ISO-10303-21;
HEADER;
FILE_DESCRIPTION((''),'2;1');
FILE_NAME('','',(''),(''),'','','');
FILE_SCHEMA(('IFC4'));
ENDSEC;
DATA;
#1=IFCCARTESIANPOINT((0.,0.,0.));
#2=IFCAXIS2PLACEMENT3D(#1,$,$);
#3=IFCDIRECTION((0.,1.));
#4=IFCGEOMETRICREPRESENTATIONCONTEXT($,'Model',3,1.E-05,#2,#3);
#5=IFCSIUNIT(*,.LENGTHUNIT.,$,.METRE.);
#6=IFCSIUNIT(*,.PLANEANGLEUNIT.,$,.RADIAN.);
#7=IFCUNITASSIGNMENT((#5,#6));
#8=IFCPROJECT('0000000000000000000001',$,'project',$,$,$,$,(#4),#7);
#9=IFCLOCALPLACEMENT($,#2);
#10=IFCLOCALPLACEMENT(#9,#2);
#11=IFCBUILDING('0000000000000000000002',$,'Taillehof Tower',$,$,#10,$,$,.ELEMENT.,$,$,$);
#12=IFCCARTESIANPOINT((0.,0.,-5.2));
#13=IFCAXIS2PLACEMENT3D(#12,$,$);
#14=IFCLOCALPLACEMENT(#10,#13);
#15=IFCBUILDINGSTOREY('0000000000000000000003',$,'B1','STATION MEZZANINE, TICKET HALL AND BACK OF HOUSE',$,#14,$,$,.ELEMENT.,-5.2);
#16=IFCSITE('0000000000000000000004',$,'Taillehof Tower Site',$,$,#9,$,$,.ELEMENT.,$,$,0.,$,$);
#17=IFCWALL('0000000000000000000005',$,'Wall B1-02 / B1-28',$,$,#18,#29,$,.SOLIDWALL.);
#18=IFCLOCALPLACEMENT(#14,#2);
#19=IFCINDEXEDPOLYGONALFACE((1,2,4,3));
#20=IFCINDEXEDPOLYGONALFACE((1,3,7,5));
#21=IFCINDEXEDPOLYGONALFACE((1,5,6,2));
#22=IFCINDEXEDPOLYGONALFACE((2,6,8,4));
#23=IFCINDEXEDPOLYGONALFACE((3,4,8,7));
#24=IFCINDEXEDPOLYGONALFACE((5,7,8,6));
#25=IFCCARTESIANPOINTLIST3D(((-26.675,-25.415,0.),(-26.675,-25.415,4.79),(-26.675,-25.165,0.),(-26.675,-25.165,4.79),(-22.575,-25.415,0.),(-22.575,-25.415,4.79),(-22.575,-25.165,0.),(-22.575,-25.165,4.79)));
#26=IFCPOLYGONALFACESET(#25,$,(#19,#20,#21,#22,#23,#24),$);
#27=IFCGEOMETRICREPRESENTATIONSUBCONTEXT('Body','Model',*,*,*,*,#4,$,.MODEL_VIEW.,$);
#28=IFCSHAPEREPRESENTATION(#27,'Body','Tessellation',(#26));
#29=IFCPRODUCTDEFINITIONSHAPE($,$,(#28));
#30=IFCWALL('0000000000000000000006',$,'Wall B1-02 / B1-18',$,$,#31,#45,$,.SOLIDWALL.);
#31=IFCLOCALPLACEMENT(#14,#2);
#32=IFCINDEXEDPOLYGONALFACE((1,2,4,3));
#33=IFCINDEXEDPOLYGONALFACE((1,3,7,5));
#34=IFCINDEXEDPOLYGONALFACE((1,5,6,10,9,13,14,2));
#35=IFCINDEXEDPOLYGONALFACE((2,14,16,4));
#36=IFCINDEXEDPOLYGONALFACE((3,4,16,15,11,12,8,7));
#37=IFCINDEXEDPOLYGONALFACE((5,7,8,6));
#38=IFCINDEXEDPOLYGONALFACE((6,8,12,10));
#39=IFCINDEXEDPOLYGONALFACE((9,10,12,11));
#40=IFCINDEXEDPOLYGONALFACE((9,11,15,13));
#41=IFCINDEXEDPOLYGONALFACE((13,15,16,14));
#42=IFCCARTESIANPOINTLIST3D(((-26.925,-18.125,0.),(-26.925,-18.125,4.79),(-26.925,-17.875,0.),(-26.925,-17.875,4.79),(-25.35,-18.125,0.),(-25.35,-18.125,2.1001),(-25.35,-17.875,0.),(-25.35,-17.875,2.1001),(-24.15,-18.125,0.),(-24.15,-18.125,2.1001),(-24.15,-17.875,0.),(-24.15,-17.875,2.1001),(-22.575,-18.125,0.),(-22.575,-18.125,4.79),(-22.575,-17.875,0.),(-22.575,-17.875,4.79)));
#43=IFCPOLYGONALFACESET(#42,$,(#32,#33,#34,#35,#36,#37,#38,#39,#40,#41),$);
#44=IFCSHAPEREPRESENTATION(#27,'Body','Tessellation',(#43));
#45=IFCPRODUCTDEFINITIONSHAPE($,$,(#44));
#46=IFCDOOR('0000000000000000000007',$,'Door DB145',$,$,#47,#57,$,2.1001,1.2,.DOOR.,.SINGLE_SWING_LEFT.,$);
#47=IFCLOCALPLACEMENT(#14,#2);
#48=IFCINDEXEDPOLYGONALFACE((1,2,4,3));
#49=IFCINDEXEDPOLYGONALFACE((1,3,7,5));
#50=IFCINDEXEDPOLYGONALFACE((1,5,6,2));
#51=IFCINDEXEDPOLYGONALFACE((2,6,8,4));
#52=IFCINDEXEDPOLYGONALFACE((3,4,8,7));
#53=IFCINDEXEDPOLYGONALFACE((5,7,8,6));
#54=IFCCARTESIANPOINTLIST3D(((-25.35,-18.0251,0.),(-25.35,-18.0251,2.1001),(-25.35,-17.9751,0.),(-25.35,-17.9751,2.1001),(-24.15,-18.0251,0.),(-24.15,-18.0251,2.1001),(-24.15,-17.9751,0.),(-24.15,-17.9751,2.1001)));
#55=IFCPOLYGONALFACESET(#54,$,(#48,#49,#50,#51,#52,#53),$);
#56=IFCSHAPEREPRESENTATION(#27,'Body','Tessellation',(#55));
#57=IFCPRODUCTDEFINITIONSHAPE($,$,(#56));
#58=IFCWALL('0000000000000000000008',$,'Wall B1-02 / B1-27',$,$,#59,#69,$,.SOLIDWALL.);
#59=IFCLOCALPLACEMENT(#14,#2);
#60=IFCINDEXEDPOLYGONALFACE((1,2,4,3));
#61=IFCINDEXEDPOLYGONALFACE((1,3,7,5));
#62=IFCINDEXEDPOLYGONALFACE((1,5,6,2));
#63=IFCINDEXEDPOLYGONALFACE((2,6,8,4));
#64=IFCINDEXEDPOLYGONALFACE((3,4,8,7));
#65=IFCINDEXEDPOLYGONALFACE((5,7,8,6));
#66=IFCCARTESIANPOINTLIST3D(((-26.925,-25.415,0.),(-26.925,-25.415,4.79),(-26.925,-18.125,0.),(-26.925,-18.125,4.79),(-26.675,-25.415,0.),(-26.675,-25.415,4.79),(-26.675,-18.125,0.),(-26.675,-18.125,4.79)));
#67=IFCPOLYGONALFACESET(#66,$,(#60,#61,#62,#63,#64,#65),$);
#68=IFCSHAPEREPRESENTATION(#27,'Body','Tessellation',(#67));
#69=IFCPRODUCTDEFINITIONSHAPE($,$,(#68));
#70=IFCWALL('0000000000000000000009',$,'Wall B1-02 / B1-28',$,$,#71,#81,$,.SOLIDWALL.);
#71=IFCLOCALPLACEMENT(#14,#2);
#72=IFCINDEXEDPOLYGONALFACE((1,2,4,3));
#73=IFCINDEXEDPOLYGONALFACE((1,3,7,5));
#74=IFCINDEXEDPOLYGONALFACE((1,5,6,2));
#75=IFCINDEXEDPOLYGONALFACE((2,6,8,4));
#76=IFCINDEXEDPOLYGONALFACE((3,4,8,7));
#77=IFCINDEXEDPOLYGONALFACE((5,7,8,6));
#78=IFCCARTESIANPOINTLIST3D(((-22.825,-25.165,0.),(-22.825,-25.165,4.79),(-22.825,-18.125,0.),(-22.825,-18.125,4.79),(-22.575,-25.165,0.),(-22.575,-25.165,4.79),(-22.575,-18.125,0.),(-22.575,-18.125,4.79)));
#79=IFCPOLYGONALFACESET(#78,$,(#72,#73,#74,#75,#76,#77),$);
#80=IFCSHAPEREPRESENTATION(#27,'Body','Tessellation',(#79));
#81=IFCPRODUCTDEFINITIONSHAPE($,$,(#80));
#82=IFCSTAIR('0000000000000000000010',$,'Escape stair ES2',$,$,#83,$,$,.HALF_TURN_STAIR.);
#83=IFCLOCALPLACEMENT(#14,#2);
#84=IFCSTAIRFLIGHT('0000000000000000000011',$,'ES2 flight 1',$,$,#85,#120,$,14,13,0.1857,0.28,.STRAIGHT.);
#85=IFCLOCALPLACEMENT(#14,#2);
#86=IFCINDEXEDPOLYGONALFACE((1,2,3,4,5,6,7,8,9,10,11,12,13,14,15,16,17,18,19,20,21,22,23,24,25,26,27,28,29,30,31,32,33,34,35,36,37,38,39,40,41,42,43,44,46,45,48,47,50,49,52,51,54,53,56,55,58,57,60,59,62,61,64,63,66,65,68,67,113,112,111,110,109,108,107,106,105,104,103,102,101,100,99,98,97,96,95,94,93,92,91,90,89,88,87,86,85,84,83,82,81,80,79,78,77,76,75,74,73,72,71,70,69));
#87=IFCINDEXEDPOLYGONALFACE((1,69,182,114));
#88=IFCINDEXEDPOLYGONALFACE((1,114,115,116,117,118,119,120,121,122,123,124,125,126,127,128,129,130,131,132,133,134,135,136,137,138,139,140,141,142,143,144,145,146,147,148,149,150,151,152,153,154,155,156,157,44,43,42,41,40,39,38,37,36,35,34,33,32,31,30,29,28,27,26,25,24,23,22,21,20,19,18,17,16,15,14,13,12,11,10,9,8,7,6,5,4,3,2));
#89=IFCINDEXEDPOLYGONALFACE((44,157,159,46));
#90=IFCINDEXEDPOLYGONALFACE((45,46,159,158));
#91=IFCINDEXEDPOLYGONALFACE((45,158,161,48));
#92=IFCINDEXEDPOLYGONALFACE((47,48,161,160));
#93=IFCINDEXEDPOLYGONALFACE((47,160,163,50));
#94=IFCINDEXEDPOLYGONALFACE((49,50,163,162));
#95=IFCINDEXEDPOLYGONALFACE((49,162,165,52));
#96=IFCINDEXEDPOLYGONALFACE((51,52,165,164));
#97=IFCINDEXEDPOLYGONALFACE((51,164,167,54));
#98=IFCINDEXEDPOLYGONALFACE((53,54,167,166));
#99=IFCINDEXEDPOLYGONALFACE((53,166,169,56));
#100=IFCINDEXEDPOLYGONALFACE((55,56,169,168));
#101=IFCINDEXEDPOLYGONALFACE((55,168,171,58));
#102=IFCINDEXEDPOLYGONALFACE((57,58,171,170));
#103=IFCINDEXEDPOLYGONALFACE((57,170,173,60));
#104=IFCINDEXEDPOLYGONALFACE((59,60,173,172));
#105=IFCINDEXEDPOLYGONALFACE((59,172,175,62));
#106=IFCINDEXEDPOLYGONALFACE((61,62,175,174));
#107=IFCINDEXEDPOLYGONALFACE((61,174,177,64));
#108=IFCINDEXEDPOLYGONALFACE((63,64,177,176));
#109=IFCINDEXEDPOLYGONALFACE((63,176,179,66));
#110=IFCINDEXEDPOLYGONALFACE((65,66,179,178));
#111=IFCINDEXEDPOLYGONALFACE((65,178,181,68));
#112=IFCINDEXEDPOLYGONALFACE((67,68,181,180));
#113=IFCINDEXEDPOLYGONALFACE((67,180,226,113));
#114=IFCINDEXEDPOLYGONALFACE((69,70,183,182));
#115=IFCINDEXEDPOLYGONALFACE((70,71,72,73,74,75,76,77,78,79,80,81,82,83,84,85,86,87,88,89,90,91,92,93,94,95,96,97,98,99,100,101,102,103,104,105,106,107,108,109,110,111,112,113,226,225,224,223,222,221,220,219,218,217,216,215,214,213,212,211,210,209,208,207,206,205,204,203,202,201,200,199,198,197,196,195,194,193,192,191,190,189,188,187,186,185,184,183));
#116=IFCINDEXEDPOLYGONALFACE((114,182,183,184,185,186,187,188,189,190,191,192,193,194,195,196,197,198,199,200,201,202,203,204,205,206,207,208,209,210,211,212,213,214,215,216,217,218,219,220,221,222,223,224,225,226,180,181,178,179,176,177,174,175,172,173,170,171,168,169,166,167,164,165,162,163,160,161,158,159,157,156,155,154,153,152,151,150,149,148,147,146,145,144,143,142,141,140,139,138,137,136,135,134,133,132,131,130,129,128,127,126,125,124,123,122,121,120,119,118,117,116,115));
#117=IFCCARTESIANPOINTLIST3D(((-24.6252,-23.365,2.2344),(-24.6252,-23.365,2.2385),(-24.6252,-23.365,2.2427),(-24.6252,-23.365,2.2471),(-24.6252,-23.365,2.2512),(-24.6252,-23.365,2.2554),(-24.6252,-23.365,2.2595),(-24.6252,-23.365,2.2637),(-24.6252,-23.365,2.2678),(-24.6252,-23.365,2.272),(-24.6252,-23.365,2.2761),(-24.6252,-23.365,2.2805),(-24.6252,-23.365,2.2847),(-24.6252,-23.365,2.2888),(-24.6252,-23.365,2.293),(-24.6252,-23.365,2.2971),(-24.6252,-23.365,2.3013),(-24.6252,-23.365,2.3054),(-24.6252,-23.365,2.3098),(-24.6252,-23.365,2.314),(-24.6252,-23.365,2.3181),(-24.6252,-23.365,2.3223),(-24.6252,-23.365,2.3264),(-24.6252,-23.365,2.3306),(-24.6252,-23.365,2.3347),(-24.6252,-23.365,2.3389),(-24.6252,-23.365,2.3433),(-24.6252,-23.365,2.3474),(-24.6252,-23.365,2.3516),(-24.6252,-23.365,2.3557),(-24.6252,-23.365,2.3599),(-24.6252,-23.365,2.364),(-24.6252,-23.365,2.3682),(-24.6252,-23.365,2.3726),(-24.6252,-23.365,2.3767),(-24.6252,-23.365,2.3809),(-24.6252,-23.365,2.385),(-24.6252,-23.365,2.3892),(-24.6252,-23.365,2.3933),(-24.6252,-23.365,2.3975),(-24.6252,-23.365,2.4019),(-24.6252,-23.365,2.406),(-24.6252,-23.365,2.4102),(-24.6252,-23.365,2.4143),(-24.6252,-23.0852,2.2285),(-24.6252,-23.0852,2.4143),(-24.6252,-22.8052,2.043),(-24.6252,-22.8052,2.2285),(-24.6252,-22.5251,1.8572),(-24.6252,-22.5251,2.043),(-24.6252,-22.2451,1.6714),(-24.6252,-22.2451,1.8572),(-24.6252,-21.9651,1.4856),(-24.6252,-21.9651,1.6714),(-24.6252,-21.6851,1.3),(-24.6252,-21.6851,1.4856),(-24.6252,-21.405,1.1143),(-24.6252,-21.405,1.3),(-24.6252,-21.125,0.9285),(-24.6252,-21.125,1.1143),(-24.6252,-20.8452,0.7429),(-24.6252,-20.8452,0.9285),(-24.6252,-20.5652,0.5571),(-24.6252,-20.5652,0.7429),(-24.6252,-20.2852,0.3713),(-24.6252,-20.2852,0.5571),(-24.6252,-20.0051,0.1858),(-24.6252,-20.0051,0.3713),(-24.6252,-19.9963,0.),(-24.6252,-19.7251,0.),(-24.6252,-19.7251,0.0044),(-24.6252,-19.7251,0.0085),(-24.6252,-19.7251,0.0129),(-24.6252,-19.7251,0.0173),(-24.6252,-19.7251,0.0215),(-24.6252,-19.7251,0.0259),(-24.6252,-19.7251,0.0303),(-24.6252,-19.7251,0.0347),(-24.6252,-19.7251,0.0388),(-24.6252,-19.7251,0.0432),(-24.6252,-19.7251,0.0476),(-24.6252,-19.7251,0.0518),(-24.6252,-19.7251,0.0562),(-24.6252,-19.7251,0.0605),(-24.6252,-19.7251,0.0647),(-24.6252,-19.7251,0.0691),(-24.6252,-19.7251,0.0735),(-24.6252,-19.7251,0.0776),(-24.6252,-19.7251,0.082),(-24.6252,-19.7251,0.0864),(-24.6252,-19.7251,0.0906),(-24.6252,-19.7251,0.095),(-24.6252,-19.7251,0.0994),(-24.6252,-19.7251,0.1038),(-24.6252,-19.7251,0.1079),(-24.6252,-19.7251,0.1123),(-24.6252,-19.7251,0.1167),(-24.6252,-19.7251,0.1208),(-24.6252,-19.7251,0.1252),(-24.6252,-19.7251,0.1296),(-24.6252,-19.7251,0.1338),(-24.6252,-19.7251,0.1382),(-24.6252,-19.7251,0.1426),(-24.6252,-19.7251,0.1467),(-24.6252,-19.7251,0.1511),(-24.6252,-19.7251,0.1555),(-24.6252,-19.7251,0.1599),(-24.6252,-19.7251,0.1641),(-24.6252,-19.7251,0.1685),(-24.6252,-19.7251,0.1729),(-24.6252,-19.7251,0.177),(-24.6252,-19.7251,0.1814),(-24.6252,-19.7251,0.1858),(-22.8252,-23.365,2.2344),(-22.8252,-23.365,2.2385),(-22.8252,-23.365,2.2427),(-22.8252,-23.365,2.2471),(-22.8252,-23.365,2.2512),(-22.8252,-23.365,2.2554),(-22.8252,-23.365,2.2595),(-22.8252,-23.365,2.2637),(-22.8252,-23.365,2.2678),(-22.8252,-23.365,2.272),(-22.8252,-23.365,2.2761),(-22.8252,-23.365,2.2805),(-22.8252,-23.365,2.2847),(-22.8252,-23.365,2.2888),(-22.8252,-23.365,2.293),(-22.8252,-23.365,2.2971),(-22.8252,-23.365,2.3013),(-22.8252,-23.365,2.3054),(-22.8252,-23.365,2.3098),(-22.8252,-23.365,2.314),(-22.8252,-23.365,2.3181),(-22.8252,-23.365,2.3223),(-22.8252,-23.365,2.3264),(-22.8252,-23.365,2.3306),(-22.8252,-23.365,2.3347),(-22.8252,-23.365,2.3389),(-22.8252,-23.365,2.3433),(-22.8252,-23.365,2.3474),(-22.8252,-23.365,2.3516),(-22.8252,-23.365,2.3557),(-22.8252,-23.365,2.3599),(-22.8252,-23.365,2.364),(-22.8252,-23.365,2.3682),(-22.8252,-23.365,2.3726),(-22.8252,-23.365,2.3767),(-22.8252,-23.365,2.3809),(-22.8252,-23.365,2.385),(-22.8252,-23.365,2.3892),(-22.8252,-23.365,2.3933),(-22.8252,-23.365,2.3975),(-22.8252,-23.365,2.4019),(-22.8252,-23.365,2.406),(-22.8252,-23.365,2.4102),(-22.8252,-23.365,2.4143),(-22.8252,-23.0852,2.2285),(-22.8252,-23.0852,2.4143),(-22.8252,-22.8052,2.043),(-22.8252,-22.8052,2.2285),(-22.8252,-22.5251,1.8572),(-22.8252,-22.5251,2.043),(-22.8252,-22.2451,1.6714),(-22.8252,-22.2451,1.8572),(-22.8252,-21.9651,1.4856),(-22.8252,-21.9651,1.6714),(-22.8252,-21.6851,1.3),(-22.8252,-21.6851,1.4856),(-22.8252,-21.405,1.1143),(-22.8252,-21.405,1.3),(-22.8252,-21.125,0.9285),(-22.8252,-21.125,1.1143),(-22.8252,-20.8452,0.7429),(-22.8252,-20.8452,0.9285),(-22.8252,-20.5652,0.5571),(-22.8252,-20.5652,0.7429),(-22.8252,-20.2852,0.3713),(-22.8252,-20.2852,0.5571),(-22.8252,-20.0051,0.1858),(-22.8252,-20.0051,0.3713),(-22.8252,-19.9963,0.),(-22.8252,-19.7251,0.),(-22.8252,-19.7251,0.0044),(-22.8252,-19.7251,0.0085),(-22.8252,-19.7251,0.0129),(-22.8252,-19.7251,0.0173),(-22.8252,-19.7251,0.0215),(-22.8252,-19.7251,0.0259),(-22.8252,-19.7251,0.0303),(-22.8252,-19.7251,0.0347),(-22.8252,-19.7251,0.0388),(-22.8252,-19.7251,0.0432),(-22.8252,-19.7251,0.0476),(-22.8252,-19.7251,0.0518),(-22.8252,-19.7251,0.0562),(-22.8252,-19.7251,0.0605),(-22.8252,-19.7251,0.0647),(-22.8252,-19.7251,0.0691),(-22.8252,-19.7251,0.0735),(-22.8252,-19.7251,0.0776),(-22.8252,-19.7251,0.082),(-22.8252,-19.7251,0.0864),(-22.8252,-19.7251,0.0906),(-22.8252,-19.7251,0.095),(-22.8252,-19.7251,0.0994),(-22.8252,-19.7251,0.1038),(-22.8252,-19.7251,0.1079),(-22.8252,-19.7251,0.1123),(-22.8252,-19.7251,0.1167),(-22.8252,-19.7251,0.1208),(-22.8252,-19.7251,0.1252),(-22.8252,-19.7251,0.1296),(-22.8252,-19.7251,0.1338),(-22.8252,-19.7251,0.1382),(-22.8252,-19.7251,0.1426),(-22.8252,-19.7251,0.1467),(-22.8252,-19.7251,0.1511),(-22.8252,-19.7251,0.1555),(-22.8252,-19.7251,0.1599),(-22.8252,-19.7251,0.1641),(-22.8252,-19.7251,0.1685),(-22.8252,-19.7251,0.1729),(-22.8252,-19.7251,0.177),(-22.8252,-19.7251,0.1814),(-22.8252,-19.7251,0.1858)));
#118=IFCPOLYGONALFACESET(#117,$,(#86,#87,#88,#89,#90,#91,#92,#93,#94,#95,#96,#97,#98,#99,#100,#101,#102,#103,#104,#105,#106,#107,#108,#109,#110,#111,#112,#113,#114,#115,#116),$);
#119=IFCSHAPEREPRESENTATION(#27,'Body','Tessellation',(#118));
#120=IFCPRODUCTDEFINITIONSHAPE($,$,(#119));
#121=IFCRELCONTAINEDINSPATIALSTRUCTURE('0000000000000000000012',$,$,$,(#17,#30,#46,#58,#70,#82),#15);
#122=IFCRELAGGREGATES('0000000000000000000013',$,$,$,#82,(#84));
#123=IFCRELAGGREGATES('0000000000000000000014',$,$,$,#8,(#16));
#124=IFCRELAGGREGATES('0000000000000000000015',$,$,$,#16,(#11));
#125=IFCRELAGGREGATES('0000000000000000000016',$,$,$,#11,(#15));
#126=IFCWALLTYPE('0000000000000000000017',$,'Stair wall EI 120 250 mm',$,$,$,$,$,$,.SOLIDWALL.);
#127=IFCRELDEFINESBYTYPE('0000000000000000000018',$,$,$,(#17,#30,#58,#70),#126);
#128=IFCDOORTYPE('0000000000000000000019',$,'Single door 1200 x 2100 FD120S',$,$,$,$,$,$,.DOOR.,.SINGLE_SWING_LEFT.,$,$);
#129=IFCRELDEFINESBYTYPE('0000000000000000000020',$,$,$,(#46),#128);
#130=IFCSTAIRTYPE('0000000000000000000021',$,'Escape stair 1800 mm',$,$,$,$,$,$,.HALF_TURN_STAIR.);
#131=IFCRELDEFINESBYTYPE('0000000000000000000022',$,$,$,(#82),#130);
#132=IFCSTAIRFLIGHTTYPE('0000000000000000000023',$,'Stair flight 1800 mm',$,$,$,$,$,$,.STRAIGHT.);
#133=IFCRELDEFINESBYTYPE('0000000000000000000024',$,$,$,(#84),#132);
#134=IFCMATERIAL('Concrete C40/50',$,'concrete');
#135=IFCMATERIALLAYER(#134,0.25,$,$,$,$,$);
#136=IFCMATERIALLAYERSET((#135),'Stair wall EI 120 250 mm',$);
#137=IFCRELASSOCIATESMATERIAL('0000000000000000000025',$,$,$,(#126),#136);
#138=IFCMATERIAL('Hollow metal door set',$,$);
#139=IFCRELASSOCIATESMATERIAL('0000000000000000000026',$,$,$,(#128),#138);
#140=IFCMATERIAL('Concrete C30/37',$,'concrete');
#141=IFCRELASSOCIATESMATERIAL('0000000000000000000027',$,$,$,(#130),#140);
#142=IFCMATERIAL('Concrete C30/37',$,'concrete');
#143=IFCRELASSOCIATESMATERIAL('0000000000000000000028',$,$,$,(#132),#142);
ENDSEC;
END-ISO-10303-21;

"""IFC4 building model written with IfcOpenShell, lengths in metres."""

from ifc_helpers import new_model, si_unit, direction, frame, frame_2d, origin, place, context, subcontext, project, spatial, polyline, rectangle, outline, extrude, material, layer, layer_set, type_object, element, fill, aggregate, save


model = new_model("IFC4")

# Units and contexts
model_context = context("Model", 3, precision=1e-05, world=origin(), true_north=direction((0.0, 1.0)))
body_context = subcontext(model_context, "Body", "Model", "MODEL_VIEW")
ifc_project = project(units=[si_unit("LENGTHUNIT", "METRE"), si_unit("PLANEANGLEUNIT", "RADIAN")], contexts=[model_context])

# Site, building, storey
site_placement = place(None, origin())
site = spatial("IfcSite", under=ifc_project, at=site_placement, Name="Taillehof Tower Site", CompositionType="ELEMENT", RefElevation=0.0)
building_placement = place(site_placement, origin())
building = spatial("IfcBuilding", under=site, at=building_placement, Name="Taillehof Tower", CompositionType="ELEMENT")
storey_placement = place(building_placement, frame((0.0, 0.0, -5.2)))
storey = spatial("IfcBuildingStorey", under=building, at=storey_placement, Name="B1", Description="STATION MEZZANINE, TICKET HALL AND BACK OF HOUSE", CompositionType="ELEMENT", Elevation=-5.2)

# Wall
ifc_material_1 = material(Name="Concrete C40/50", Category="concrete")
ifc_layer_1 = layer(ifc_material_1, 0.25)
ifc_layer_set_1 = layer_set([ifc_layer_1], Name="Stair wall EI 120 250 mm")
wall_type_1 = type_object("IfcWallType", Name="Stair wall EI 120 250 mm", PredefinedType="SOLIDWALL", material=ifc_layer_set_1)
wall_1_placement = place(storey_placement, frame((-26.675, -25.29, 0.0), z_axis=(0.0, 0.0, 1.0), x_axis=(1.0, 0.0, 0.0)))
element("IfcWall", 1, at=wall_1_placement, inside=storey, type_object=wall_type_1, Name="Wall B1-02 / B1-28", PredefinedType="SOLIDWALL", context=body_context, shape_type="SweptSolid", body=[
    extrude(rectangle(XDim=4.1001, YDim=0.25, at=frame_2d((2.05, 0.0))), origin(), (0.0, 0.0, 1.0), 4.79),
])

# Wall, opening, door
wall_2_placement = place(storey_placement, frame((-26.925, -18.0, 0.0), z_axis=(0.0, 0.0, 1.0), x_axis=(1.0, 0.0, 0.0)))
wall_2 = element("IfcWall", 2, at=wall_2_placement, inside=storey, type_object=wall_type_1, Name="Wall B1-02 / B1-18", PredefinedType="SOLIDWALL", context=body_context, shape_type="SweptSolid", body=[
    extrude(rectangle(XDim=4.3501, YDim=0.25, at=frame_2d((2.175, 0.0))), origin(), (0.0, 0.0, 1.0), 4.79),
])
opening_1_placement = place(wall_2_placement, frame((1.575, 0.0, 0.0)))
opening_1 = element("IfcOpeningElement", 3, at=opening_1_placement, cuts=wall_2, PredefinedType="OPENING", context=body_context, shape_type="SweptSolid", body=[
    extrude(rectangle(XDim=1.2, YDim=2.1001, at=frame_2d((0.6001, 1.05))), frame((0.0, 0.135, 0.0), z_axis=(0.0, -1.0, 0.0), x_axis=(1.0, 0.0, 0.0)), (0.0, 0.0, 1.0), 0.27),
])
ifc_material_2 = material(Name="Hollow metal door set")
door_type_1 = type_object("IfcDoorType", Name="Single door 1200 x 2100 FD120S", OperationType="SINGLE_SWING_LEFT", PredefinedType="DOOR", material=ifc_material_2)
door_1_placement = place(opening_1_placement, origin())
door_1 = element("IfcDoor", 4, at=door_1_placement, inside=storey, type_object=door_type_1, Name="Door DB145", OperationType="SINGLE_SWING_LEFT", OverallHeight=2.1001, OverallWidth=1.2, PredefinedType="DOOR", context=body_context, shape_type="SweptSolid", body=[
    extrude(rectangle(XDim=1.2, YDim=2.1001, at=frame_2d((0.6001, 1.05))), frame((0.0, 0.0249, 0.0), z_axis=(0.0, -1.0, 0.0), x_axis=(1.0, 0.0, 0.0)), (0.0, 0.0, 1.0), 0.05),
])
fill(opening_1, door_1)

# Walls
wall_3_placement = place(storey_placement, frame((-26.8, -25.415, 0.0), z_axis=(0.0, 0.0, 1.0), x_axis=(0.0, 1.0, 0.0)))
element("IfcWall", 5, at=wall_3_placement, inside=storey, type_object=wall_type_1, Name="Wall B1-02 / B1-27", PredefinedType="SOLIDWALL", context=body_context, shape_type="SweptSolid", body=[
    extrude(rectangle(XDim=7.29, YDim=0.25, at=frame_2d((3.645, 0.0))), origin(), (0.0, 0.0, 1.0), 4.79),
])
wall_4_placement = place(storey_placement, frame((-22.7, -25.165, 0.0), z_axis=(0.0, 0.0, 1.0), x_axis=(0.0, 1.0, 0.0)))
element("IfcWall", 6, at=wall_4_placement, inside=storey, type_object=wall_type_1, Name="Wall B1-02 / B1-28", PredefinedType="SOLIDWALL", context=body_context, shape_type="SweptSolid", body=[
    extrude(rectangle(XDim=7.04, YDim=0.25, at=frame_2d((3.52, 0.0))), origin(), (0.0, 0.0, 1.0), 4.79),
])

# Stair, stair flight
ifc_material_3 = material(Name="Concrete C30/37", Category="concrete")
stair_type = type_object("IfcStairType", Name="Escape stair 1800 mm", PredefinedType="HALF_TURN_STAIR", material=ifc_material_3)
stair_placement = place(storey_placement, origin())
stair = element("IfcStair", 7, at=stair_placement, inside=storey, type_object=stair_type, Name="Escape stair ES2", PredefinedType="HALF_TURN_STAIR")
ifc_material_4 = material(Name="Concrete C30/37", Category="concrete")
stair_flight_type = type_object("IfcStairFlightType", Name="Stair flight 1800 mm", PredefinedType="STRAIGHT", material=ifc_material_4)
stair_flight_1_placement = place(storey_placement, frame((-23.7251, -19.7251, 0.0), z_axis=(0.0, 0.0, 1.0), x_axis=(0.0, -1.0, 0.0)))
stair_flight_1 = element("IfcStairFlight", 8, at=stair_flight_1_placement, type_object=stair_flight_type, Name="ES2 flight 1", NumberOfRisers=14, NumberOfTreads=13, PredefinedType="STRAIGHT", RiserHeight=0.1857, TreadLength=0.28, context=body_context, shape_type="SweptSolid", body=[
    extrude(outline(polyline([(0.0, 0.0), (0.0, 0.0044), (0.0, 0.0085), (0.0, 0.0129), (0.0, 0.0173), (0.0, 0.0215), (0.0, 0.0259), (0.0, 0.0303), (0.0, 0.0347), (0.0, 0.0388), (0.0, 0.0432), (0.0, 0.0476), (0.0, 0.0518), (0.0, 0.0562), (0.0, 0.0605), (0.0, 0.0647), (0.0, 0.0691), (0.0, 0.0735), (0.0, 0.0776), (0.0, 0.082), (0.0, 0.0864), (0.0, 0.0906), (0.0, 0.095), (0.0, 0.0994), (0.0, 0.1038), (0.0, 0.1079), (0.0, 0.1123), (0.0, 0.1167), (0.0, 0.1208), (0.0, 0.1252), (0.0, 0.1296), (0.0, 0.1338), (0.0, 0.1382), (0.0, 0.1426), (0.0, 0.1467), (0.0, 0.1511), (0.0, 0.1555), (0.0, 0.1599), (0.0, 0.1641), (0.0, 0.1685), (0.0, 0.1729), (0.0, 0.177), (0.0, 0.1814), (0.0, 0.1858), (0.28, 0.1858), (0.28, 0.3713), (0.5601, 0.3713), (0.5601, 0.5571), (0.8401, 0.5571), (0.8401, 0.7429), (1.1201, 0.7429), (1.1201, 0.9285), (1.3999, 0.9285), (1.3999, 1.1143), (1.6799, 1.1143), (1.6799, 1.3), (1.96, 1.3), (1.96, 1.4856), (2.24, 1.4856), (2.24, 1.6714), (2.52, 1.6714), (2.52, 1.8572), (2.8, 1.8572), (2.8, 2.043), (3.0801, 2.043), (3.0801, 2.2285), (3.3601, 2.2285), (3.3601, 2.4143), (3.6399, 2.4143), (3.6399, 2.4102), (3.6399, 2.406), (3.6399, 2.4019), (3.6399, 2.3975), (3.6399, 2.3933), (3.6399, 2.3892), (3.6399, 2.385), (3.6399, 2.3809), (3.6399, 2.3767), (3.6399, 2.3726), (3.6399, 2.3682), (3.6399, 2.364), (3.6399, 2.3599), (3.6399, 2.3557), (3.6399, 2.3516), (3.6399, 2.3474), (3.6399, 2.3433), (3.6399, 2.3389), (3.6399, 2.3347), (3.6399, 2.3306), (3.6399, 2.3264), (3.6399, 2.3223), (3.6399, 2.3181), (3.6399, 2.314), (3.6399, 2.3098), (3.6399, 2.3054), (3.6399, 2.3013), (3.6399, 2.2971), (3.6399, 2.293), (3.6399, 2.2888), (3.6399, 2.2847), (3.6399, 2.2805), (3.6399, 2.2761), (3.6399, 2.272), (3.6399, 2.2678), (3.6399, 2.2637), (3.6399, 2.2595), (3.6399, 2.2554), (3.6399, 2.2512), (3.6399, 2.2471), (3.6399, 2.2427), (3.6399, 2.2385), (3.6399, 2.2344), (0.2712, 0.0), (0.0, 0.0)])), frame((0.0, 0.8999, 0.0), z_axis=(0.0, -1.0, 0.0), x_axis=(1.0, 0.0, 0.0)), (0.0, 0.0, 1.0), 1.8),
])
aggregate(stair, [stair_flight_1])

save(model, "model.ifc")
